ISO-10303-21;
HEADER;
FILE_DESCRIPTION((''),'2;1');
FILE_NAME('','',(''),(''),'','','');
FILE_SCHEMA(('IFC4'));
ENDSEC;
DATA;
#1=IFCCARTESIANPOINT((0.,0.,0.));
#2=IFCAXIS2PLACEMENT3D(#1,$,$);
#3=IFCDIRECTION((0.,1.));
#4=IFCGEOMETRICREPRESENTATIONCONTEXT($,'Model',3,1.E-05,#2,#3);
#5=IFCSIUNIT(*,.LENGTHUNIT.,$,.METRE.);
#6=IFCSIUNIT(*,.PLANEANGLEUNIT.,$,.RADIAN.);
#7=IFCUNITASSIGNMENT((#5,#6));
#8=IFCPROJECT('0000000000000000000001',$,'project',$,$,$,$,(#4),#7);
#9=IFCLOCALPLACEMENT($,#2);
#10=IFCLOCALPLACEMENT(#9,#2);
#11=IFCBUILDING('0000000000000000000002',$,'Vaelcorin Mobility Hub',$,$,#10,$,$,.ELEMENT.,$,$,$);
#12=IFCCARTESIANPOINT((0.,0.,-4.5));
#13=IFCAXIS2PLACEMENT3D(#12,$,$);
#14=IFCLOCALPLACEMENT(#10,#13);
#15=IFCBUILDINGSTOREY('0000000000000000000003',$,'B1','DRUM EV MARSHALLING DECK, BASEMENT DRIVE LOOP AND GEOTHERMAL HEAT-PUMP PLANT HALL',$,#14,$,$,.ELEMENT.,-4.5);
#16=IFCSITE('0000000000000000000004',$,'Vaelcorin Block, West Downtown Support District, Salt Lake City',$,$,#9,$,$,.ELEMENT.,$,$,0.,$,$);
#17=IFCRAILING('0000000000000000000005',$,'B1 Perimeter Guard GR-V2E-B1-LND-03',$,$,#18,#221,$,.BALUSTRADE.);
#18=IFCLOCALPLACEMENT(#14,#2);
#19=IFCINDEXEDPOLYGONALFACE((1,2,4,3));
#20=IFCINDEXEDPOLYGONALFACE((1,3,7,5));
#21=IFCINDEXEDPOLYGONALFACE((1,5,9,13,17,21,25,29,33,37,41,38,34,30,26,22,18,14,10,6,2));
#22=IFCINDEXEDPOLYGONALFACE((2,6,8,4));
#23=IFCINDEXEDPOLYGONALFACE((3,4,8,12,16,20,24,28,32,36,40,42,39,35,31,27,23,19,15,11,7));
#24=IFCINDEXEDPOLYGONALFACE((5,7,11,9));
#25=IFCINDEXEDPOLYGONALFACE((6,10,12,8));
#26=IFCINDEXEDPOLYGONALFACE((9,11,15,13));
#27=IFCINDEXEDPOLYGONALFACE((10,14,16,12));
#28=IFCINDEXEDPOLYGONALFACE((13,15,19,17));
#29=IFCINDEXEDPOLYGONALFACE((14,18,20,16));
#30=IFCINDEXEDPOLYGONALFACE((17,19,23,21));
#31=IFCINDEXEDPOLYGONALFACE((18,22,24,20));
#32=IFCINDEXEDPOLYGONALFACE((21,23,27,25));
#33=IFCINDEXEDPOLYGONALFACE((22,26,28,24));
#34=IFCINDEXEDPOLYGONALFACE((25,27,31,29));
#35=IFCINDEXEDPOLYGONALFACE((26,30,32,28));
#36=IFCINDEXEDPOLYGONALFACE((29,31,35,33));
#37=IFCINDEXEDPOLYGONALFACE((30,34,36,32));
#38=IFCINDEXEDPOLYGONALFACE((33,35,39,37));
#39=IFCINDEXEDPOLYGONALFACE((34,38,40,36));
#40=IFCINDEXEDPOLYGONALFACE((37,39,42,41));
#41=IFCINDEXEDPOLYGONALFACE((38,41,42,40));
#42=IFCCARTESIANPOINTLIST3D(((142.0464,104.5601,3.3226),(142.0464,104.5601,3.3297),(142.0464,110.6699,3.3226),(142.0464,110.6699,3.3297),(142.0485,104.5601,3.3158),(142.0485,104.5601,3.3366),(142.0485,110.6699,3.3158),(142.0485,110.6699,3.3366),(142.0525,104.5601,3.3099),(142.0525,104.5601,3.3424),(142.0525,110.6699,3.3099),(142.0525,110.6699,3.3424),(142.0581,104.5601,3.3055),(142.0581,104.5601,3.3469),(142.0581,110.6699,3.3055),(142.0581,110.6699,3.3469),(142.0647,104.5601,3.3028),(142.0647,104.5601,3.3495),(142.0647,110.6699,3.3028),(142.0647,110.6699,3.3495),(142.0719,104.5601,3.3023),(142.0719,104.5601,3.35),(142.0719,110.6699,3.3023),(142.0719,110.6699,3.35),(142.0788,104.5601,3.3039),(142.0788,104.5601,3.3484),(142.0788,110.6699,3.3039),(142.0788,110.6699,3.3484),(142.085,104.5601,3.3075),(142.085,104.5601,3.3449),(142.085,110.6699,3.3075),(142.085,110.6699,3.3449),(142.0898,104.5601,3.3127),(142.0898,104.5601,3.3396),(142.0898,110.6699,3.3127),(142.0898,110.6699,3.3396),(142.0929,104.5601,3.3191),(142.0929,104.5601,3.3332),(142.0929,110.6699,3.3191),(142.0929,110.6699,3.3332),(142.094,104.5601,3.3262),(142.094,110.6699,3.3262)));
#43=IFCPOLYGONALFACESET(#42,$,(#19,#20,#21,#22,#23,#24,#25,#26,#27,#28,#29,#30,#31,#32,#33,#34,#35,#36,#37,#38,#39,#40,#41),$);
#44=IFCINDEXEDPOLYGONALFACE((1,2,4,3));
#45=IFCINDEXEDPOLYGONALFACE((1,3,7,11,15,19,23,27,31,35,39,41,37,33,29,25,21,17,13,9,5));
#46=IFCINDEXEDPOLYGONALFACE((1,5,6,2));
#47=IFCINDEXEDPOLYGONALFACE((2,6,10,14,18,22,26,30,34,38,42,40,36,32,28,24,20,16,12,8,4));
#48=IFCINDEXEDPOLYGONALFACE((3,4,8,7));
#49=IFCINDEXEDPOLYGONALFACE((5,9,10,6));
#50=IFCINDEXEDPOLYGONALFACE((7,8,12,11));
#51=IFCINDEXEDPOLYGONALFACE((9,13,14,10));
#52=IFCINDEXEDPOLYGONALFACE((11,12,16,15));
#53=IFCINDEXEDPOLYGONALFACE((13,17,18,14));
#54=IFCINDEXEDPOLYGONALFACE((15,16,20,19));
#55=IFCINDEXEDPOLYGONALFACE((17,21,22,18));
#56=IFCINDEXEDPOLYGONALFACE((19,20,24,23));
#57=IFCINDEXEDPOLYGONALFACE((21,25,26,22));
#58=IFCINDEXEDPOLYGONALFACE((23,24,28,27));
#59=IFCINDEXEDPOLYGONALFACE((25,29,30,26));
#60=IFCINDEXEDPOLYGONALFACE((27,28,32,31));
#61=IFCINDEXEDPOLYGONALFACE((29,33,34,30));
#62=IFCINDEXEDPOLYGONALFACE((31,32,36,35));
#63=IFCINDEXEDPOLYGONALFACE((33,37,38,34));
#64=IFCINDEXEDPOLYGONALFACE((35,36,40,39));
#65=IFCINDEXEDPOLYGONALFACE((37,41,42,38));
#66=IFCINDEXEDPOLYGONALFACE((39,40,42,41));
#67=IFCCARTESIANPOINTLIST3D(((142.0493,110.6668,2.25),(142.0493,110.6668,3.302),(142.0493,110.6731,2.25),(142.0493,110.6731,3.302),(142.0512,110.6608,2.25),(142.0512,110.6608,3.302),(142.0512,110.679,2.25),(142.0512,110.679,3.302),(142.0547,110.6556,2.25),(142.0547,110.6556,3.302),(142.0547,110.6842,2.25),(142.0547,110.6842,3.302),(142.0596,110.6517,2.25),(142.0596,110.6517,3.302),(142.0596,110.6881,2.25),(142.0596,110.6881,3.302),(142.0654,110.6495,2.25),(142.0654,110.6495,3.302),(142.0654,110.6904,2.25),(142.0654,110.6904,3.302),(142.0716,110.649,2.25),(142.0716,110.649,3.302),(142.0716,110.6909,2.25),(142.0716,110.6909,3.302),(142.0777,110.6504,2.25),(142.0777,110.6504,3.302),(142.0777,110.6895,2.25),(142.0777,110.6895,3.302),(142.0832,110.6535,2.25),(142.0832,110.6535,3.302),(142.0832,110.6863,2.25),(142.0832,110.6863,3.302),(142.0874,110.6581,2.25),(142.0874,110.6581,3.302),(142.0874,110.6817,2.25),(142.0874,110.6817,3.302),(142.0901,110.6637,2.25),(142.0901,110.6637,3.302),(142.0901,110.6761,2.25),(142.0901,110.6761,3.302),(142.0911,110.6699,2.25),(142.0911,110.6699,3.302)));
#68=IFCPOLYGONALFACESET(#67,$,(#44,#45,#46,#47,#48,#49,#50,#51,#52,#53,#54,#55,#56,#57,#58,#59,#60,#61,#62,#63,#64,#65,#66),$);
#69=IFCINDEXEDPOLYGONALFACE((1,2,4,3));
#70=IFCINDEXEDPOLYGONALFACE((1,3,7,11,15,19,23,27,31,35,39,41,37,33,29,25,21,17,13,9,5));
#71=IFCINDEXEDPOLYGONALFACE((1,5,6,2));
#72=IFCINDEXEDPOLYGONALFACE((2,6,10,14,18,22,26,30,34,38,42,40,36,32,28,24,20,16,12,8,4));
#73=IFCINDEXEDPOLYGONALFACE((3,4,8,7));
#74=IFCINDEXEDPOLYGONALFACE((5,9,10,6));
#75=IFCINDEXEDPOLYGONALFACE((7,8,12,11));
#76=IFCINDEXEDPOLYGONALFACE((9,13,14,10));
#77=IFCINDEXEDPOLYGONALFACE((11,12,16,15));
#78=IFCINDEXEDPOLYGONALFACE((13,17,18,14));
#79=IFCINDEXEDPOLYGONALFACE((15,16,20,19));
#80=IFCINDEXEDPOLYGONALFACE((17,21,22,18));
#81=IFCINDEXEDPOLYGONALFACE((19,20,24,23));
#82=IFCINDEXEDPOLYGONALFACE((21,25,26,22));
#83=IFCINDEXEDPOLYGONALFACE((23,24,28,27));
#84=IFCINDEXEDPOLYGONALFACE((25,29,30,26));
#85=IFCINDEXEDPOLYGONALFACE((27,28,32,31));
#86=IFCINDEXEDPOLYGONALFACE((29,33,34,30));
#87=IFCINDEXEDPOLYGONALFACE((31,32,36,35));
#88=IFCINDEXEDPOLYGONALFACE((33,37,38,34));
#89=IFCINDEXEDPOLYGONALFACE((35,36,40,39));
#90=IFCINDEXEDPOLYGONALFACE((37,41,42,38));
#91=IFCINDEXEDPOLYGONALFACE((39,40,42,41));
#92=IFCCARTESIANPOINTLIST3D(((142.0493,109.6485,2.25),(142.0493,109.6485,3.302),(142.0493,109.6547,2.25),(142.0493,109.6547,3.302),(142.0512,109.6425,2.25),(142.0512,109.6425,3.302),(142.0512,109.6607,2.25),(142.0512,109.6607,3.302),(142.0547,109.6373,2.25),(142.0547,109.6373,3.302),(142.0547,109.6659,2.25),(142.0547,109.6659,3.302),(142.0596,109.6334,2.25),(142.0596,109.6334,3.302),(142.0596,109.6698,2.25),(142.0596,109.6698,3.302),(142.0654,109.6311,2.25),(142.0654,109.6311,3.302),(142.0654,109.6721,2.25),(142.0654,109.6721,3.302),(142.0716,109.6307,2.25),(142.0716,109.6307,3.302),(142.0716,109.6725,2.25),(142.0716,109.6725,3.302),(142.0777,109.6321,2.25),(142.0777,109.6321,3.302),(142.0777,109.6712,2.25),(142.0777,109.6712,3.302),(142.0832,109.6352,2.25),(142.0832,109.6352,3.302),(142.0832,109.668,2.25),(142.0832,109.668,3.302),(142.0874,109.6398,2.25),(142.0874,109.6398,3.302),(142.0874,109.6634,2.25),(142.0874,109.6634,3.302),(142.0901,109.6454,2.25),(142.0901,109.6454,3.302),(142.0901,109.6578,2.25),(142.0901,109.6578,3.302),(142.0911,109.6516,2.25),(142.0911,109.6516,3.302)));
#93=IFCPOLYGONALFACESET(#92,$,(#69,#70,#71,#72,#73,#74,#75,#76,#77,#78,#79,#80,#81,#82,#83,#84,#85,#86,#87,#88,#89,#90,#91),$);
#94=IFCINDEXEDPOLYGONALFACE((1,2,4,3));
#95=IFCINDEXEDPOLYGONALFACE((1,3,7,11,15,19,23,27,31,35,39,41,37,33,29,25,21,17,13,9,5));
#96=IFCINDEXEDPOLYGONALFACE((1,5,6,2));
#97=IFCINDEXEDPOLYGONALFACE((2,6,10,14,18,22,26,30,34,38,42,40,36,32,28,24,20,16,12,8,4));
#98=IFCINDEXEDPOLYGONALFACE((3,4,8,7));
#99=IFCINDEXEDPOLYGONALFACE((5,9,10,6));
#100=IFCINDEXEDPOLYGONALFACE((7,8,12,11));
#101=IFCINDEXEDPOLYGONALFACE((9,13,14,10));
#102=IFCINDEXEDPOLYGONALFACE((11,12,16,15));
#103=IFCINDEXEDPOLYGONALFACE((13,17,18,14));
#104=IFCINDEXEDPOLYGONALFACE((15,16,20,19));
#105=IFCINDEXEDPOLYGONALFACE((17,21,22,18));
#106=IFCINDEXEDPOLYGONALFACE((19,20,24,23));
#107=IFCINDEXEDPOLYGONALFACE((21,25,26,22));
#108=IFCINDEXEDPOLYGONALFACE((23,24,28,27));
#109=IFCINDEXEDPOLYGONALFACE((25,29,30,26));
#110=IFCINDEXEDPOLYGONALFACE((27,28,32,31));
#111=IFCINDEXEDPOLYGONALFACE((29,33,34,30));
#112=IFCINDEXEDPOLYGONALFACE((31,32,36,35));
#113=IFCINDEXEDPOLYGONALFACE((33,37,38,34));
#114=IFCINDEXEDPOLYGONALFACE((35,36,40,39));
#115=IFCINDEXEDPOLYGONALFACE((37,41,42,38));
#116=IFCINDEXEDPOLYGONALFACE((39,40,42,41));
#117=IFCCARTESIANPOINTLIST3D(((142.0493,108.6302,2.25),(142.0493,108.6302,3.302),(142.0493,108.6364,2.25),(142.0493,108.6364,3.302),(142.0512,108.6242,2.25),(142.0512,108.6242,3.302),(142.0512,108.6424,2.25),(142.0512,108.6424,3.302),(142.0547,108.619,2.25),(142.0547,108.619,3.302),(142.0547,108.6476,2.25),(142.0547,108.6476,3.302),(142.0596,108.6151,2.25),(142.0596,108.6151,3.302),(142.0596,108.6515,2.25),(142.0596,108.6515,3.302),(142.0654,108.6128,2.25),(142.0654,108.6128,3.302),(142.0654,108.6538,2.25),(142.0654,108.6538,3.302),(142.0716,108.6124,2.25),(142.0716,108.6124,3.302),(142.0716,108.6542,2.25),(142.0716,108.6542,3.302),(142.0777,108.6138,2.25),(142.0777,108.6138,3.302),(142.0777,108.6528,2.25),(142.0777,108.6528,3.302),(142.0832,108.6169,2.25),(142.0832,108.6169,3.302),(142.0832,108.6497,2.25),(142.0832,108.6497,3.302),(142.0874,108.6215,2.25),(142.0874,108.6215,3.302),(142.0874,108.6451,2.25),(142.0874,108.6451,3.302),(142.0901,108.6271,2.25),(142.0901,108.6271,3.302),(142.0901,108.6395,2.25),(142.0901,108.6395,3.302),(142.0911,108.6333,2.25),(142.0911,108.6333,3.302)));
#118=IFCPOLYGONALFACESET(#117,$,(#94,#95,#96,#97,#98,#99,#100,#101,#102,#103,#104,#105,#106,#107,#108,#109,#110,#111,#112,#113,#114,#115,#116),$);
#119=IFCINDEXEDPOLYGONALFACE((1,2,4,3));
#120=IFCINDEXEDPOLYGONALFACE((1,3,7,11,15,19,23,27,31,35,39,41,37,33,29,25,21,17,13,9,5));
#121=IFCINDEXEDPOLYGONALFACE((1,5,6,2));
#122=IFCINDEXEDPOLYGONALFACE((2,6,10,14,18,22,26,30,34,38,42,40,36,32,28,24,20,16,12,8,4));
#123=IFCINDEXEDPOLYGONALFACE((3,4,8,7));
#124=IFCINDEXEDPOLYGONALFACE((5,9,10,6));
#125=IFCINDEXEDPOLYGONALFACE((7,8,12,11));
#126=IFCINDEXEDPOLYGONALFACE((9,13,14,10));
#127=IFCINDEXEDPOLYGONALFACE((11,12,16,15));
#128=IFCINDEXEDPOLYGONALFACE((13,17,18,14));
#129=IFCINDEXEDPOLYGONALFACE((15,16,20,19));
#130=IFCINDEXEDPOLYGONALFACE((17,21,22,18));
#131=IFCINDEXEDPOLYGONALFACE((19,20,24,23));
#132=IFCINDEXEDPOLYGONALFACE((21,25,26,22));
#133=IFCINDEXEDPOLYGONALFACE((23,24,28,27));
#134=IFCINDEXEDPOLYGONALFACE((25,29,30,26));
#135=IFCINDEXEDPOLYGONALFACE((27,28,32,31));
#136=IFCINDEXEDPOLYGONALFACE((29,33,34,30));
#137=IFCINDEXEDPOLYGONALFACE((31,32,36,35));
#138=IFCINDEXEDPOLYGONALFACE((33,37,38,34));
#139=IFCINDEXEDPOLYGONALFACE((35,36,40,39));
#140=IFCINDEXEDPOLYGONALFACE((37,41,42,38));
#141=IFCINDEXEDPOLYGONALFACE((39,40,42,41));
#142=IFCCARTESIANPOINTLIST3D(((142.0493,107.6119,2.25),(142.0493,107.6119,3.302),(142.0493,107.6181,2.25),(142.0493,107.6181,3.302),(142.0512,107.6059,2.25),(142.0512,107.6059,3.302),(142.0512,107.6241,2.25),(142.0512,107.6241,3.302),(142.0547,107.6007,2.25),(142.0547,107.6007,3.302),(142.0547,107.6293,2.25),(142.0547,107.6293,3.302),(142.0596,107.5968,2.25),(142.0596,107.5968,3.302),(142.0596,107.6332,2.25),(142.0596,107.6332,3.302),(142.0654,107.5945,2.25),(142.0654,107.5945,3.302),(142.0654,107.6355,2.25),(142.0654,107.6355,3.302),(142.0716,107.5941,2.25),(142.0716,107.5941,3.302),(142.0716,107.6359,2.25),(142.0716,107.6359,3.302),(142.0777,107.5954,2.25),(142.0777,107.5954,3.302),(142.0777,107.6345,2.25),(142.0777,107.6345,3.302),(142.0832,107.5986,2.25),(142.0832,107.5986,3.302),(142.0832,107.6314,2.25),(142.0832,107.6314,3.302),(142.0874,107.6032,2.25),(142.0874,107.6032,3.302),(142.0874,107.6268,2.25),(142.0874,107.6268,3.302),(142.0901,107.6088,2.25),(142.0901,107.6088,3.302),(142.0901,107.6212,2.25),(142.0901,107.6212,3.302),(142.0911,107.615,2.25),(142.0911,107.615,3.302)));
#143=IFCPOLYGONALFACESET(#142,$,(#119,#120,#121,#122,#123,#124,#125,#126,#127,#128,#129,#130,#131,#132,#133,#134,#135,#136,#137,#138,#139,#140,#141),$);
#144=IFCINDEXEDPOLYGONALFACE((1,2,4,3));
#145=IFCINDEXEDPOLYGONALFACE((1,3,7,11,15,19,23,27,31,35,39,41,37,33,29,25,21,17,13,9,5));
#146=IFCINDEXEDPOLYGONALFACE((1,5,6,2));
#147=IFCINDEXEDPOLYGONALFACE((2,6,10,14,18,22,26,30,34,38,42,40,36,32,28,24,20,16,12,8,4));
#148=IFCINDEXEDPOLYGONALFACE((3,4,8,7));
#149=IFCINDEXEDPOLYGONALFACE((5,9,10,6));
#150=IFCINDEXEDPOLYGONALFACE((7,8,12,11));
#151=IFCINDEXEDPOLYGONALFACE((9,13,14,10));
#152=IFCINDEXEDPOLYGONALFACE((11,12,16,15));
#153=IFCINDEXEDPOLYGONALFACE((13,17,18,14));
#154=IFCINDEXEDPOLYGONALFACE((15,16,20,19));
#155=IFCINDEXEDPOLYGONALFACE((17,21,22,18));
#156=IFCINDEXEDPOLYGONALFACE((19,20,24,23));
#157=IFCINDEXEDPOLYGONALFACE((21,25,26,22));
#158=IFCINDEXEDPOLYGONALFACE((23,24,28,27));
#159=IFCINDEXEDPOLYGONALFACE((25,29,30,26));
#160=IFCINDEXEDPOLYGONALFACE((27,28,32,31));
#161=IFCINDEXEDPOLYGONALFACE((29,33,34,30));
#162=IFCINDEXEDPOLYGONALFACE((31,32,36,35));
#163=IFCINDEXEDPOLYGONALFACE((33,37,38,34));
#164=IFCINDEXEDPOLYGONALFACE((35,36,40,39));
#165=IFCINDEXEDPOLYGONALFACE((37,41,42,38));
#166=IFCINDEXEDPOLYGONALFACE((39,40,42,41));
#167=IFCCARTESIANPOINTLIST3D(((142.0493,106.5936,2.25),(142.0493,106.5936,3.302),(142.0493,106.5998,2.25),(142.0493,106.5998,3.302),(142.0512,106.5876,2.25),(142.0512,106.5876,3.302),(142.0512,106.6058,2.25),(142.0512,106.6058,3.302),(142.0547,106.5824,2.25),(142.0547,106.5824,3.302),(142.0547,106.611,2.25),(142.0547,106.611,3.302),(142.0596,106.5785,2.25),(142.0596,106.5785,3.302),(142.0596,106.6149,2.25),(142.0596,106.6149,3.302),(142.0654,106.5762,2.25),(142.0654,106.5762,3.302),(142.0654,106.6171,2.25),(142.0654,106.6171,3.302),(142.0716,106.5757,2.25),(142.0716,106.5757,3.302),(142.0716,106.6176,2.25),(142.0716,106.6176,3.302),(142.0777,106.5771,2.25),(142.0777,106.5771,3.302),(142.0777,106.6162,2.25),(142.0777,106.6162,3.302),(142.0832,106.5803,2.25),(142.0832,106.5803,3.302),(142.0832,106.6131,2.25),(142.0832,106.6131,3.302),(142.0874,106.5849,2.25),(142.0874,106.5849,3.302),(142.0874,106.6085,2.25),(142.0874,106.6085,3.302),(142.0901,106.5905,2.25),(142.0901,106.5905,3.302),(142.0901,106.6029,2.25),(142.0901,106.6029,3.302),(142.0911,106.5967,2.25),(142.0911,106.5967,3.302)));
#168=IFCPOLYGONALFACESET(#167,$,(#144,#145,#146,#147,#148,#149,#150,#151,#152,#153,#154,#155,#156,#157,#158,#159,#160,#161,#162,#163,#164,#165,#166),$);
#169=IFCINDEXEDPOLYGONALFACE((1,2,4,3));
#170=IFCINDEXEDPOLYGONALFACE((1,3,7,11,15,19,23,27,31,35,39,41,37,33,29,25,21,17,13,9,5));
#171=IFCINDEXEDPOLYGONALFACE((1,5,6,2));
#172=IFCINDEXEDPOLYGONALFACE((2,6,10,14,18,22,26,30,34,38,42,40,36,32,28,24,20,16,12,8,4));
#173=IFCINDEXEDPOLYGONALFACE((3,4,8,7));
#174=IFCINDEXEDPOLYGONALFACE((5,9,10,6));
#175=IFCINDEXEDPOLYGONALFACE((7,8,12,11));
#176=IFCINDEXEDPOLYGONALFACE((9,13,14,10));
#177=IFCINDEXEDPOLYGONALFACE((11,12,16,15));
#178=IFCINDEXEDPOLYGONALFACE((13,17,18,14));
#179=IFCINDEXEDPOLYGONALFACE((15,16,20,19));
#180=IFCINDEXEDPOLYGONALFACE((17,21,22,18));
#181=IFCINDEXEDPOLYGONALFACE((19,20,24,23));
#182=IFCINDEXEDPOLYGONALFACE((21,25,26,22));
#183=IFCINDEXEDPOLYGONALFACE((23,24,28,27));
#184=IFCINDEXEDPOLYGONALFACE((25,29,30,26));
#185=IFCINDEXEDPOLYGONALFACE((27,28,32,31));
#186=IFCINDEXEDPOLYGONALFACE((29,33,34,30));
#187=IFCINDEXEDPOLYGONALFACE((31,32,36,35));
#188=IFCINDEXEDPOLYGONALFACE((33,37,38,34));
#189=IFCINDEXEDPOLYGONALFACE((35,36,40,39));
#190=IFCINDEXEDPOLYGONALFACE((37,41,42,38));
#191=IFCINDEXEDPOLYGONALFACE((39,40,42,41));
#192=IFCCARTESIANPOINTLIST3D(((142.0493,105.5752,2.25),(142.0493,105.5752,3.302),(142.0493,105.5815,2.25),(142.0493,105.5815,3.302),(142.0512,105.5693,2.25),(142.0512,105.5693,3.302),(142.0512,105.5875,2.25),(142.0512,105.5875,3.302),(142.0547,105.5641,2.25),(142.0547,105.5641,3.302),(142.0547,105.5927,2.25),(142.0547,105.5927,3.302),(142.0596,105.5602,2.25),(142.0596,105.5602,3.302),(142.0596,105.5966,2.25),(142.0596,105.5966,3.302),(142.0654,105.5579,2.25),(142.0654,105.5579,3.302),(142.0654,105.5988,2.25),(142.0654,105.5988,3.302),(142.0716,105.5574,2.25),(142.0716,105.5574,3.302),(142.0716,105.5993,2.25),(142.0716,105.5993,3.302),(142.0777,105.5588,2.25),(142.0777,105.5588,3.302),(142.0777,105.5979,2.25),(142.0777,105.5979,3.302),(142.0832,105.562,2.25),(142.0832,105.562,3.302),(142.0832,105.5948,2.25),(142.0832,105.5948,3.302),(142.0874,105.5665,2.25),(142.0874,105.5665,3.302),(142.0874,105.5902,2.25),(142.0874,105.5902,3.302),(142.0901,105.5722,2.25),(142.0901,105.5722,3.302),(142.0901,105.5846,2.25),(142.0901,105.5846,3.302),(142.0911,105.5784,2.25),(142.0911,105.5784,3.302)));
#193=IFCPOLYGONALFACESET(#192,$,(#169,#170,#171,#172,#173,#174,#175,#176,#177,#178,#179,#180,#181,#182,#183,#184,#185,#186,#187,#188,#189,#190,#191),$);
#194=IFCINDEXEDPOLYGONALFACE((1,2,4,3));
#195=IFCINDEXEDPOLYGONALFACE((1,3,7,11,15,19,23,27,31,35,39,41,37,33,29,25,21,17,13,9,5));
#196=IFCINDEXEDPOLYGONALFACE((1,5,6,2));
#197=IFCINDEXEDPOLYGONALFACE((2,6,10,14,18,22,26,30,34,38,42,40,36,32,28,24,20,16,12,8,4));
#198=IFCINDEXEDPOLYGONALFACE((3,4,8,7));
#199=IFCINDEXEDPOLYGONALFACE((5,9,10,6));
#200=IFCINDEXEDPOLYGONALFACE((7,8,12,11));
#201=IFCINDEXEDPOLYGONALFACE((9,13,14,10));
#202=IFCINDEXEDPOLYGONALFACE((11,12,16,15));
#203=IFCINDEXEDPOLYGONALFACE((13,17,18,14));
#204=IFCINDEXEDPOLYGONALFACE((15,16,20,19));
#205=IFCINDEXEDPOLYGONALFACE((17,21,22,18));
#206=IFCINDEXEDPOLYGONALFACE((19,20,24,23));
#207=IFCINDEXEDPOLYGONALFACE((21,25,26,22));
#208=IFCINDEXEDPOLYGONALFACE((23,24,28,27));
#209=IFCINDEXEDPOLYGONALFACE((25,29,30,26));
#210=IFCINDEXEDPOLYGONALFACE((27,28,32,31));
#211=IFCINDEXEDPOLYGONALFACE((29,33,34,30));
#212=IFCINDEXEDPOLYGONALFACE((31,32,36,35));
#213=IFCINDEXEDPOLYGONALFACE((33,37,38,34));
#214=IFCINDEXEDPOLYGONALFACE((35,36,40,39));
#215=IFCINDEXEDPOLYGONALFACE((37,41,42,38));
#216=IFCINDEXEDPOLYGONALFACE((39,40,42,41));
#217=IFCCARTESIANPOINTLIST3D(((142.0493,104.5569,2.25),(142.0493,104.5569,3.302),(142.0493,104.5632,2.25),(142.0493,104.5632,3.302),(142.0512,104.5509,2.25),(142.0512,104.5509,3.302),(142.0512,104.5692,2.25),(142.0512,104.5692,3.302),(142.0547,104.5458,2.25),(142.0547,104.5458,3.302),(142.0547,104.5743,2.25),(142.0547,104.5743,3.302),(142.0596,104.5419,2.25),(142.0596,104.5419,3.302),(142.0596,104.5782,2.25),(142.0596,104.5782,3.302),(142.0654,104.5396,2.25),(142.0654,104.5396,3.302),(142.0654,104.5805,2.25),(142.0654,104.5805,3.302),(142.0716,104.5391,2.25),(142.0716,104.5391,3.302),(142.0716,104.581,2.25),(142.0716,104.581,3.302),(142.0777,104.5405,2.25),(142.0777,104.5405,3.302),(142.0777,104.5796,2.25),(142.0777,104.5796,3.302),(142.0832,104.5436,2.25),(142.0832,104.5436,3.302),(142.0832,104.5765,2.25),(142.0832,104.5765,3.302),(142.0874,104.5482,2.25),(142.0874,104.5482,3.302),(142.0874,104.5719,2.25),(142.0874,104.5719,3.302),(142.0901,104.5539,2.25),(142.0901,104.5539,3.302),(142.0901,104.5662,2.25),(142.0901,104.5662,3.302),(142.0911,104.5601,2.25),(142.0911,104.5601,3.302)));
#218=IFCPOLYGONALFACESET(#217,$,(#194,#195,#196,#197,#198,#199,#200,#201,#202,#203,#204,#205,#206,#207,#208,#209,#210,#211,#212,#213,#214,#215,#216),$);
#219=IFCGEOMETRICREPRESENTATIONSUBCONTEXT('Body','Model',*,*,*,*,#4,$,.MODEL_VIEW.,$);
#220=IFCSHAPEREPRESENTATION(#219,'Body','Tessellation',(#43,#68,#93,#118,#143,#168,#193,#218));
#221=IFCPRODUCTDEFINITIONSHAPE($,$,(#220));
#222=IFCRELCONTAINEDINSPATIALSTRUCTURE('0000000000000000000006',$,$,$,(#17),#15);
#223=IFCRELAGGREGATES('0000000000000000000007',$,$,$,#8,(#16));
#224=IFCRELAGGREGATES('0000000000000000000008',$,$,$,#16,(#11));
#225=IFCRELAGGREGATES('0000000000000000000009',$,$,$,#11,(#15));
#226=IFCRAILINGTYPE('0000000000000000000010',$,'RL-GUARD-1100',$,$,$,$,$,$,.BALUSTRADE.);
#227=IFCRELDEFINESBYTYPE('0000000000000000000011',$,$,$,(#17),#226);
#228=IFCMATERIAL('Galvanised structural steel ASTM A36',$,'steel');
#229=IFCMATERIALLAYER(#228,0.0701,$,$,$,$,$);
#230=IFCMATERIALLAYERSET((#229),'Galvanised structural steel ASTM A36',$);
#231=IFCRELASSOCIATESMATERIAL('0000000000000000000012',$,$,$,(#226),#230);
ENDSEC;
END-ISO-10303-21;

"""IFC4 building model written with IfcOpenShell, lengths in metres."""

from ifc_helpers import new_model, si_unit, direction, frame, origin, origin_2d, place, context, subcontext, project, spatial, circle, extrude, material, layer, layer_set, type_object, element, save


model = new_model("IFC4")

# Units and contexts
model_context = context("Model", 3, precision=1e-05, world=origin(), true_north=direction((0.0, 1.0)))
body_context = subcontext(model_context, "Body", "Model", "MODEL_VIEW")
ifc_project = project(units=[si_unit("LENGTHUNIT", "METRE"), si_unit("PLANEANGLEUNIT", "RADIAN")], contexts=[model_context])

# Site, building, storey
site_placement = place(None, origin())
site = spatial("IfcSite", under=ifc_project, at=site_placement, Name="Vaelcorin Block, West Downtown Support District, Salt Lake City", CompositionType="ELEMENT", RefElevation=0.0)
building_placement = place(site_placement, origin())
building = spatial("IfcBuilding", under=site, at=building_placement, Name="Vaelcorin Mobility Hub", CompositionType="ELEMENT")
storey_placement = place(building_placement, frame((0.0, 0.0, -4.5)))
storey = spatial("IfcBuildingStorey", under=building, at=storey_placement, Name="B1", Description="DRUM EV MARSHALLING DECK, BASEMENT DRIVE LOOP AND GEOTHERMAL HEAT-PUMP PLANT HALL", CompositionType="ELEMENT", Elevation=-4.5)

# Railing
ifc_material_1 = material(Name="Galvanised structural steel ASTM A36", Category="steel")
ifc_layer_1 = layer(ifc_material_1, 0.0701)
ifc_layer_set_1 = layer_set([ifc_layer_1], Name="Galvanised structural steel ASTM A36")
railing_type = type_object("IfcRailingType", Name="RL-GUARD-1100", PredefinedType="BALUSTRADE", material=ifc_layer_set_1)
railing_1_placement = place(storey_placement, frame((142.0701, 110.6699, 2.25)))
element("IfcRailing", 1, at=railing_1_placement, inside=storey, type_object=railing_type, Name="B1 Perimeter Guard GR-V2E-B1-LND-03", PredefinedType="BALUSTRADE", context=body_context, shape_type="SweptSolid", body=[
    extrude(circle(Radius=0.0239, at=origin_2d()), frame((0.0, 0.0, 1.0762), z_axis=(0.0, -1.0, 0.0), x_axis=(1.0, 0.0, 0.0)), (0.0, 0.0, 1.0), 6.1099),
    extrude(circle(Radius=0.021, at=origin_2d()), origin(), (0.0, 0.0, 1.0), 1.052),
    extrude(circle(Radius=0.021, at=origin_2d()), frame((0.0, -1.0183, 0.0)), (0.0, 0.0, 1.0), 1.052),
    extrude(circle(Radius=0.021, at=origin_2d()), frame((0.0, -2.0366, 0.0)), (0.0, 0.0, 1.0), 1.052),
    extrude(circle(Radius=0.021, at=origin_2d()), frame((0.0, -3.0549, 0.0)), (0.0, 0.0, 1.0), 1.052),
    extrude(circle(Radius=0.021, at=origin_2d()), frame((0.0, -4.0732, 0.0)), (0.0, 0.0, 1.0), 1.052),
    extrude(circle(Radius=0.021, at=origin_2d()), frame((0.0, -5.0916, 0.0)), (0.0, 0.0, 1.0), 1.052),
    extrude(circle(Radius=0.021, at=origin_2d()), frame((0.0, -6.1099, 0.0)), (0.0, 0.0, 1.0), 1.052),
])

save(model, "model.ifc")
